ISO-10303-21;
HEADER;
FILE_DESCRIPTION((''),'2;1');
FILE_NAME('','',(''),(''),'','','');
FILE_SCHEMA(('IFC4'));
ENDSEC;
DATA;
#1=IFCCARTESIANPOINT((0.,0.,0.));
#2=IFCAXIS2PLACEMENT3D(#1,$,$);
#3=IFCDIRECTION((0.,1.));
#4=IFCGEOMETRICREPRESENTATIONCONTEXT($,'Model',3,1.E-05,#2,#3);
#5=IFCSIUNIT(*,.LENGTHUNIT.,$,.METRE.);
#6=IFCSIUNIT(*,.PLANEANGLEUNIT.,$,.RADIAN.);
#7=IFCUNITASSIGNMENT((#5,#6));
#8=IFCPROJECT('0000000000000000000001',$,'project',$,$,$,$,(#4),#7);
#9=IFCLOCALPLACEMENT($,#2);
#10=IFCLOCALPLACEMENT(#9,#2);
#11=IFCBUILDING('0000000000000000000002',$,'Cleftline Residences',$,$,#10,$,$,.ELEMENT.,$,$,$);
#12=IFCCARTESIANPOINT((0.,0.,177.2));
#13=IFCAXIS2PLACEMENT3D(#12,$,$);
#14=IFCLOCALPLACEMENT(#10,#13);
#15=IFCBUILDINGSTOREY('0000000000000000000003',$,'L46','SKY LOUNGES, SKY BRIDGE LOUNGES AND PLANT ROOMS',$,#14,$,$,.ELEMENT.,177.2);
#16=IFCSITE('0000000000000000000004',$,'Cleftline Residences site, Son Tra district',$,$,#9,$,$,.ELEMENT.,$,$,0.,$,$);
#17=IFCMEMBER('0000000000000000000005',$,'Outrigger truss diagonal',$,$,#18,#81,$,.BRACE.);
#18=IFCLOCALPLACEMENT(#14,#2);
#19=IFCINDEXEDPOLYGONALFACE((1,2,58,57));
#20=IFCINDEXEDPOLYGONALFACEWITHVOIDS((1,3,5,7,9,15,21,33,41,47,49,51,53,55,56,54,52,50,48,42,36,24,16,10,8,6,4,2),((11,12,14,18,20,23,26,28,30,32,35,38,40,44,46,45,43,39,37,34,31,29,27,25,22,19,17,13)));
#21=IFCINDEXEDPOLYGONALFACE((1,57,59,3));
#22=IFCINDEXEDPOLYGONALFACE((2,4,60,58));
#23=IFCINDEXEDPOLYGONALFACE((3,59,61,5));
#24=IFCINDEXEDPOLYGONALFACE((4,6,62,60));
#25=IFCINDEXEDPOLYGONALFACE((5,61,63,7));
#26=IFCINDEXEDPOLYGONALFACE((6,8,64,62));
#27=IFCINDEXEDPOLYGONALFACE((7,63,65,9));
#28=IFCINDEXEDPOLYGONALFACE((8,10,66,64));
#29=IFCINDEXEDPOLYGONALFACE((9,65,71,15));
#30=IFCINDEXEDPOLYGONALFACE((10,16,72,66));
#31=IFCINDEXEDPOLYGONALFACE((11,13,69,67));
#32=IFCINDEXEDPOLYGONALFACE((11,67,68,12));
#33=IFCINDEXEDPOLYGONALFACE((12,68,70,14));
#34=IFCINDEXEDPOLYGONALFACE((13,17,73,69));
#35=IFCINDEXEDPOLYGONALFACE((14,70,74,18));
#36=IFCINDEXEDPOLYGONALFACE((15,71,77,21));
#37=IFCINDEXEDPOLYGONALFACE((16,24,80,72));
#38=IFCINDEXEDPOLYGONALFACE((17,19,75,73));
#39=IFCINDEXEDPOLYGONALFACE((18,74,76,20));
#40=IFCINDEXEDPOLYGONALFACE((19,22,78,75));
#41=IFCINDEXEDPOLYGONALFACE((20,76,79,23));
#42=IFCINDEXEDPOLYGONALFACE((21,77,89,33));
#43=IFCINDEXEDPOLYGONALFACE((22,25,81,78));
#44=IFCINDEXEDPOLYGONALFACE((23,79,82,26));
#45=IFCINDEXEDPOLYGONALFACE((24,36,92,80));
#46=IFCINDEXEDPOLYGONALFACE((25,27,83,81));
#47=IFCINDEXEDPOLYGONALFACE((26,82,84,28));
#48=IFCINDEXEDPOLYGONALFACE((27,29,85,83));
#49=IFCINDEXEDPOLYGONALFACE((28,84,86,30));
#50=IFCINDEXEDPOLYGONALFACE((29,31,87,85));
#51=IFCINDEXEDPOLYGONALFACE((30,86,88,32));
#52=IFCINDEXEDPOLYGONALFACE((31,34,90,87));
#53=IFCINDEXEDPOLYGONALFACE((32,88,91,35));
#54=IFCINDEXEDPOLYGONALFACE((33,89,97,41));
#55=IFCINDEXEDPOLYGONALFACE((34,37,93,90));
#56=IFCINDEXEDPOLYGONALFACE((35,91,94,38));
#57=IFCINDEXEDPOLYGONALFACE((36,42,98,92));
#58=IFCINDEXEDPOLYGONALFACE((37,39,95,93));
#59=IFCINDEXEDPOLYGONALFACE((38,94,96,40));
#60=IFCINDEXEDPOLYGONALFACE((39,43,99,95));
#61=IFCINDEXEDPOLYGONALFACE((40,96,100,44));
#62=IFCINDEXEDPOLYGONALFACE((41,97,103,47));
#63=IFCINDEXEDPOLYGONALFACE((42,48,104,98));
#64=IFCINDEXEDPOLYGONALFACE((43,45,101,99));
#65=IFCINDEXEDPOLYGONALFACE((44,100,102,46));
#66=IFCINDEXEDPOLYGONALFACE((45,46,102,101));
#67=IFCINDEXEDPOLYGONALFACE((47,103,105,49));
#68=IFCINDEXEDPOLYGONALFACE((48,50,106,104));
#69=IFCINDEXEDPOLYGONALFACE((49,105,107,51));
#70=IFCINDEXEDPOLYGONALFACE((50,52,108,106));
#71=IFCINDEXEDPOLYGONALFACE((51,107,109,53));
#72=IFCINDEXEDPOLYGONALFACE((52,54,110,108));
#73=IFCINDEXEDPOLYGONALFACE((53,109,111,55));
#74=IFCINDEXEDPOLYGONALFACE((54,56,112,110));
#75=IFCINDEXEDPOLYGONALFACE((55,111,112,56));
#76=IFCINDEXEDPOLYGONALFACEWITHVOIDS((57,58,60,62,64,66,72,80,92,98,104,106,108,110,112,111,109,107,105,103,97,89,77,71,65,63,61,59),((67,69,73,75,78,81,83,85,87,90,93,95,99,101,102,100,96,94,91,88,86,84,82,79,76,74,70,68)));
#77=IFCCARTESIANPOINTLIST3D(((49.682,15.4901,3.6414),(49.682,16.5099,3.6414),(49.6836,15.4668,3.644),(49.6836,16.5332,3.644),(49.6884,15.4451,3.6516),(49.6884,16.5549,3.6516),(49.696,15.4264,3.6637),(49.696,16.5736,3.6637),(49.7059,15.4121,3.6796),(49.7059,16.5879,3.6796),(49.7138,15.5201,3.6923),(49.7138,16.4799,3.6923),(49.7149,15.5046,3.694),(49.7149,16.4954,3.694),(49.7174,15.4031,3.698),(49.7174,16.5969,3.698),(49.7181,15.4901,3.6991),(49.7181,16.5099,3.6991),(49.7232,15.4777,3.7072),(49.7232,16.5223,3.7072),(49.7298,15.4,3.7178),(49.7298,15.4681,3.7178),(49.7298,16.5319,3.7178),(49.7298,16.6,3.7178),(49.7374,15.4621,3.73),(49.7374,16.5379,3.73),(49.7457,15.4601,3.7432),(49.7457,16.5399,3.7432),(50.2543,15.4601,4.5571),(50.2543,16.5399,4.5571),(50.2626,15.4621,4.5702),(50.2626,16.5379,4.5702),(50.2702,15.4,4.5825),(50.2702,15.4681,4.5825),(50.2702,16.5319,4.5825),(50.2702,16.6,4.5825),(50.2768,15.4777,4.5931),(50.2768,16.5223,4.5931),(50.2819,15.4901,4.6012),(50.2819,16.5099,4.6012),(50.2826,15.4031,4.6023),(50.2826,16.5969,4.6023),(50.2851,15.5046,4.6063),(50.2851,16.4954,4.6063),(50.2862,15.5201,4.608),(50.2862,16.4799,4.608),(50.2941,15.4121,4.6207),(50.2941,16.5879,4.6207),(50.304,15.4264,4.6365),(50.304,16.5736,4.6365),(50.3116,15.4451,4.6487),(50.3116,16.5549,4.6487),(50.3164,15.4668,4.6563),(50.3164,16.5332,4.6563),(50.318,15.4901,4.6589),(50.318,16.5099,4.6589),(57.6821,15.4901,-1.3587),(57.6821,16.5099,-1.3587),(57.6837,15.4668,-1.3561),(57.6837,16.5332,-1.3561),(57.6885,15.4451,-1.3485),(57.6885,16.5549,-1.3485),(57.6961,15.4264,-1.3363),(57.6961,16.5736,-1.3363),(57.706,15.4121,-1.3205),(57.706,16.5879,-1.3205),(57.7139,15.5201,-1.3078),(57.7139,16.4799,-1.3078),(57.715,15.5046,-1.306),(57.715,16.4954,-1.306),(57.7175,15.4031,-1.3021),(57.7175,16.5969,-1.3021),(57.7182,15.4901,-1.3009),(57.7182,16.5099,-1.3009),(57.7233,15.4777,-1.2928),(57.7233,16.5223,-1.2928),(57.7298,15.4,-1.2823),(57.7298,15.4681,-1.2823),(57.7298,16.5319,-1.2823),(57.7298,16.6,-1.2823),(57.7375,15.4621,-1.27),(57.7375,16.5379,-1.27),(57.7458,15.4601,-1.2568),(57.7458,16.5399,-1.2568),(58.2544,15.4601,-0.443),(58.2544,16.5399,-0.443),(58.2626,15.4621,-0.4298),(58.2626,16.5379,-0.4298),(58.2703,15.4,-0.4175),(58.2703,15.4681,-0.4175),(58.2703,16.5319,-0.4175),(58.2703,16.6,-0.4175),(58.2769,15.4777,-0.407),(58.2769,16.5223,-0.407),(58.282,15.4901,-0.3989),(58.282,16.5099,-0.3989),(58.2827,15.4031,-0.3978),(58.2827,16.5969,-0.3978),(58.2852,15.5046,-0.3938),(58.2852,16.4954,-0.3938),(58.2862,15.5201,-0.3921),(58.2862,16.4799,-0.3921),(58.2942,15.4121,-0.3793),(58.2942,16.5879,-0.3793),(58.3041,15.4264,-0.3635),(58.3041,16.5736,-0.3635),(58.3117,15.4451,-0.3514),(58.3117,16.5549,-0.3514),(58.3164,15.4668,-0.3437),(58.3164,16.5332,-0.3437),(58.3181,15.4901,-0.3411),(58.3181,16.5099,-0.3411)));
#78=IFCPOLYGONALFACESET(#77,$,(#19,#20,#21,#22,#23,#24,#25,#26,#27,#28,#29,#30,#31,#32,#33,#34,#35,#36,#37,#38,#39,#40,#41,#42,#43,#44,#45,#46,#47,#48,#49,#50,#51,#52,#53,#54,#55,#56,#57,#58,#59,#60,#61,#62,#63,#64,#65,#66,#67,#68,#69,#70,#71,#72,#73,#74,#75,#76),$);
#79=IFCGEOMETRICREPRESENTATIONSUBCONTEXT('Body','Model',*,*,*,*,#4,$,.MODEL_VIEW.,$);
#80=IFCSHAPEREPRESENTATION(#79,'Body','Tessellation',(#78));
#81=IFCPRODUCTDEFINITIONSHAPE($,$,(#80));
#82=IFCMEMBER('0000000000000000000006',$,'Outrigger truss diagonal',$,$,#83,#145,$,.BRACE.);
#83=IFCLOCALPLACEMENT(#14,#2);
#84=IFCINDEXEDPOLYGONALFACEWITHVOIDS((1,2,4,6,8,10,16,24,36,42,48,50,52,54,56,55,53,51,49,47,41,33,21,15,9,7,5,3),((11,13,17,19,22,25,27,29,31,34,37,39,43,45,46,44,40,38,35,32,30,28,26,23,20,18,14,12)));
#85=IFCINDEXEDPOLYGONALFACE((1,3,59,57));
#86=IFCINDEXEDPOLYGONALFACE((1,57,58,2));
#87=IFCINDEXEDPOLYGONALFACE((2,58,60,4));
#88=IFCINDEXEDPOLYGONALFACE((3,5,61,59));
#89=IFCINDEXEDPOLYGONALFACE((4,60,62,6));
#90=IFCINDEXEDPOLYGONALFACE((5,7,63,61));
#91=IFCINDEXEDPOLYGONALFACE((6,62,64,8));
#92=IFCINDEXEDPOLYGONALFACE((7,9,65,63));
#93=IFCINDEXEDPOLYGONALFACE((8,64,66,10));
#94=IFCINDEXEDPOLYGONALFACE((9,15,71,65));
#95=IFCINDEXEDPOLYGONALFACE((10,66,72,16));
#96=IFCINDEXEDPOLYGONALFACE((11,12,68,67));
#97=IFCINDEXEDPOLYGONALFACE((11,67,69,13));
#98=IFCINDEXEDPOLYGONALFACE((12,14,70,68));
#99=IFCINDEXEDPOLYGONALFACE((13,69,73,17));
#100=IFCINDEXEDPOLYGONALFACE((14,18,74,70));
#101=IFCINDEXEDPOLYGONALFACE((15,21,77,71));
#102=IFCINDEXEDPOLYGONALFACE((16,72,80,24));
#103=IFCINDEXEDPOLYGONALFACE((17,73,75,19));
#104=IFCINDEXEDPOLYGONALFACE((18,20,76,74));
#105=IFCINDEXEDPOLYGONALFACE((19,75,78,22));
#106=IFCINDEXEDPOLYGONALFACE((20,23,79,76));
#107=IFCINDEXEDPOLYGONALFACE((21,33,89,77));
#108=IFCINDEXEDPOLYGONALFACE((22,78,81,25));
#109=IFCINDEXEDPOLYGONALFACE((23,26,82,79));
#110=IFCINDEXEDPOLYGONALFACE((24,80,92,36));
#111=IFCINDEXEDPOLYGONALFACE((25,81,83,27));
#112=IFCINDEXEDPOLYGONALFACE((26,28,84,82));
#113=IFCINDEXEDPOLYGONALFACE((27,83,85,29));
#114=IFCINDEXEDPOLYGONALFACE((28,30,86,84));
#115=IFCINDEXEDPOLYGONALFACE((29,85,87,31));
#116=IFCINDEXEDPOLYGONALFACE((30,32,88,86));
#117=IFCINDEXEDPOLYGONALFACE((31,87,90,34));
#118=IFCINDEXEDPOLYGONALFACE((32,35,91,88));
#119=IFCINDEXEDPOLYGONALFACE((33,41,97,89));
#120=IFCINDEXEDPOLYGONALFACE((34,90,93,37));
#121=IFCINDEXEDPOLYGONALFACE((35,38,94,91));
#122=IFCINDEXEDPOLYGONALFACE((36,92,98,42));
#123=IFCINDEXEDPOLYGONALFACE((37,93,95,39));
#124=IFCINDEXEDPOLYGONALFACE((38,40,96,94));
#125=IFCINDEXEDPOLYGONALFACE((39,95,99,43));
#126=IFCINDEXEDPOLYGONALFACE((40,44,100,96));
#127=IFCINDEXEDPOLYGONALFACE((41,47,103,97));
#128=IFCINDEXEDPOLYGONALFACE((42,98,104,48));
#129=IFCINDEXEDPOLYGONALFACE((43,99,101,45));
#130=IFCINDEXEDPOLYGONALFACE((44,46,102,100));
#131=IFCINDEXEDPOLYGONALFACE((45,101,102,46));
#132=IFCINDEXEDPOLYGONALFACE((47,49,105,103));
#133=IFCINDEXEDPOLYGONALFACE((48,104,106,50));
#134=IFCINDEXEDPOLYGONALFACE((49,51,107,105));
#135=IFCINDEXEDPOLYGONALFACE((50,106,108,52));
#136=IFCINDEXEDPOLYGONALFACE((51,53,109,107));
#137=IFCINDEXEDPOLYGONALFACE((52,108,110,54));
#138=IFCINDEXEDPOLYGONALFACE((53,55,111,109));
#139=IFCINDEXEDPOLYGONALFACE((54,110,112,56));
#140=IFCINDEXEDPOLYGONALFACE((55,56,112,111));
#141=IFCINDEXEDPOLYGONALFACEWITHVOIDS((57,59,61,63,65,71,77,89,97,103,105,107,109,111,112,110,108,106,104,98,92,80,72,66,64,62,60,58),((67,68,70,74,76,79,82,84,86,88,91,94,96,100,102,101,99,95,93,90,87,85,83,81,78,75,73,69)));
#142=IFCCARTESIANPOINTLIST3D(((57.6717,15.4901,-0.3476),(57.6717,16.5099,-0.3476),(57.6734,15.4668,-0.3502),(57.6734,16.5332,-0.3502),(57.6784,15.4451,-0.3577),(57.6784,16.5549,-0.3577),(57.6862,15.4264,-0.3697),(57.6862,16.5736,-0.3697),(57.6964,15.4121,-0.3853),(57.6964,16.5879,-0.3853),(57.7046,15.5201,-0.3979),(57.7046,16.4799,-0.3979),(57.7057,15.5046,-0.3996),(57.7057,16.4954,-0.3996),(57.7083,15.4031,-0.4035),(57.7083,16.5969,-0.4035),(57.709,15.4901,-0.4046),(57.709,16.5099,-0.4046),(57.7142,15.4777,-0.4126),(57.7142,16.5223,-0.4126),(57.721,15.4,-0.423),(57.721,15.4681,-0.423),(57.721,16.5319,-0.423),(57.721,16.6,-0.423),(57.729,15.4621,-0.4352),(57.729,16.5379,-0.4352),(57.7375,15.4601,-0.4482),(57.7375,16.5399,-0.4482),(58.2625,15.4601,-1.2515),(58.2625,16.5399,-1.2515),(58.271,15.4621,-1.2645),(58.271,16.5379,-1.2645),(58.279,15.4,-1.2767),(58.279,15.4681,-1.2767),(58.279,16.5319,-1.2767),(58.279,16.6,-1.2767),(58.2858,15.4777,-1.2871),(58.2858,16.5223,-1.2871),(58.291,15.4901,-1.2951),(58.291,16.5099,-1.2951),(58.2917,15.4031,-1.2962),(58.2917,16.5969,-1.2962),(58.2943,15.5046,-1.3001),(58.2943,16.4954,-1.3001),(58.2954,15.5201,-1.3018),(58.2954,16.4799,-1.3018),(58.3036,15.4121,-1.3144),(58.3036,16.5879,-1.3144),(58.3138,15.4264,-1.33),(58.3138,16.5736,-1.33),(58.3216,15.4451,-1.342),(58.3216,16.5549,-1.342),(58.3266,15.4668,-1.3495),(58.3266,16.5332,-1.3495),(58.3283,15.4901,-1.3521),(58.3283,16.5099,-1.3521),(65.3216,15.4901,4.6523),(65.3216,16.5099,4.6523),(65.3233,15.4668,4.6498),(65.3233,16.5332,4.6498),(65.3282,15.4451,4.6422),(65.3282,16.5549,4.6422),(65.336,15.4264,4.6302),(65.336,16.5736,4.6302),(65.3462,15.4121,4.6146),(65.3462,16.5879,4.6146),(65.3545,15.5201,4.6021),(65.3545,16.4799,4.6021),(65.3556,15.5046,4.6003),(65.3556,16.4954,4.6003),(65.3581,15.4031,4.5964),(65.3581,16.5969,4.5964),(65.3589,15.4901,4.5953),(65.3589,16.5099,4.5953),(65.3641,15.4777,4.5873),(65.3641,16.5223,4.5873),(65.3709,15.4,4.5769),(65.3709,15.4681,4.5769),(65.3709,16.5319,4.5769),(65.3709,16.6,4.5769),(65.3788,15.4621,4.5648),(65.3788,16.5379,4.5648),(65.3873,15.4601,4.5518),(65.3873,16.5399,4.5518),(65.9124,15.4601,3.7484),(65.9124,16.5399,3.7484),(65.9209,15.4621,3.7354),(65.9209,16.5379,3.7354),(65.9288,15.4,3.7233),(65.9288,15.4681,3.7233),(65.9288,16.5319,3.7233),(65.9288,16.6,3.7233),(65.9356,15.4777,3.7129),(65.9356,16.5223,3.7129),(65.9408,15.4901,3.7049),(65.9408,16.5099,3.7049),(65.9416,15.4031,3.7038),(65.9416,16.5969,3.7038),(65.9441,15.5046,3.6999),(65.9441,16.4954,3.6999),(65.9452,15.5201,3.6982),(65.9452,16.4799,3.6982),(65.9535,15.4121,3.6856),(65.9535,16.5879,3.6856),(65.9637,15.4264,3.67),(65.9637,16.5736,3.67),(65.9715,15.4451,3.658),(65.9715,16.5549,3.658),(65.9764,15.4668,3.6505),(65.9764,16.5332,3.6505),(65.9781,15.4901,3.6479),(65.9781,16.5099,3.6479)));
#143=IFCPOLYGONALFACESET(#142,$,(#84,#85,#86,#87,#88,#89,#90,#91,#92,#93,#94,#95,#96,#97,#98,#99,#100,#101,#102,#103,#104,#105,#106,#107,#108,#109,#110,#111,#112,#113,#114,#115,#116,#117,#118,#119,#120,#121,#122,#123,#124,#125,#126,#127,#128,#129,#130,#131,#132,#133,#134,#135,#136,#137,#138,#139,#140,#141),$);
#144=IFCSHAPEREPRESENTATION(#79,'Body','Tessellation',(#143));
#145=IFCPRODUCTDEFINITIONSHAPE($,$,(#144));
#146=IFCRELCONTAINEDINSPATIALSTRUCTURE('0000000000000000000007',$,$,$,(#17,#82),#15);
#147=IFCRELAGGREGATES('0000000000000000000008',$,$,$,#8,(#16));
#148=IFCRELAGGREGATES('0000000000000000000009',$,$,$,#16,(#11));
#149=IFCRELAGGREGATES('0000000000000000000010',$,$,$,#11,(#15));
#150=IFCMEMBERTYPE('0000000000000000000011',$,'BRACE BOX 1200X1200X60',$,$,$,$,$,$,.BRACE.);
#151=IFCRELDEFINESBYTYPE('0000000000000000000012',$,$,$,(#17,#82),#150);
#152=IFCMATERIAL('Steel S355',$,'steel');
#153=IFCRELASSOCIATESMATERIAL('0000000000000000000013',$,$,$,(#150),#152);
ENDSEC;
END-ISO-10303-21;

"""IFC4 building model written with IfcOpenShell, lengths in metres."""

from ifc_helpers import new_model, si_unit, direction, frame, origin, origin_2d, place, context, subcontext, project, spatial, hollow_rectangle, extrude, material, material_profile, profile_set, type_object, element, save


model = new_model("IFC4")

# Units and contexts
model_context = context("Model", 3, precision=1e-05, world=origin(), true_north=direction((0.0, 1.0)))
body_context = subcontext(model_context, "Body", "Model", "MODEL_VIEW")
ifc_project = project(units=[si_unit("LENGTHUNIT", "METRE"), si_unit("PLANEANGLEUNIT", "RADIAN")], contexts=[model_context])

# Site, building, storey
site_placement = place(None, origin())
site = spatial("IfcSite", under=ifc_project, at=site_placement, Name="Cleftline Residences site, Son Tra district", CompositionType="ELEMENT", RefElevation=0.0)
building_placement = place(site_placement, origin())
building = spatial("IfcBuilding", under=site, at=building_placement, Name="Cleftline Residences", CompositionType="ELEMENT")
storey_placement = place(building_placement, frame((0.0, 0.0, 177.2)))
storey = spatial("IfcBuildingStorey", under=building, at=storey_placement, Name="L46", Description="SKY LOUNGES, SKY BRIDGE LOUNGES AND PLANT ROOMS", CompositionType="ELEMENT", Elevation=177.2)

# Members
ifc_material_1 = material(Name="Steel S355", Category="steel")
ifc_material_profile_1 = material_profile(ifc_material_1, hollow_rectangle(XDim=1.2, YDim=1.2, WallThickness=0.0601, InnerFilletRadius=0.0601, OuterFilletRadius=0.0901, at=origin_2d()))
ifc_profile_set_1 = profile_set([ifc_material_profile_1], Name="Steel S355")
member_type_1 = type_object("IfcMemberType", Name="BRACE BOX 1200X1200X60", PredefinedType="BRACE", material=ifc_profile_set_1)
member_1_placement = place(storey_placement, frame((50.0, 16.0, 4.1501), z_axis=(0.847998, 0.0, -0.529999), x_axis=(0.529999, 0.0, 0.847998)))
element("IfcMember", 1, at=member_1_placement, inside=storey, type_object=member_type_1, Name="Outrigger truss diagonal", PredefinedType="BRACE", context=body_context, shape_type="SweptSolid", body=[
    extrude(hollow_rectangle(XDim=1.2, YDim=1.2, WallThickness=0.0601, InnerFilletRadius=0.0601, OuterFilletRadius=0.0901, at=origin_2d()), origin(), (0.0, 0.0, 1.0), 9.4341),
])
member_2_placement = place(storey_placement, frame((58.0, 16.0, -0.8499), z_axis=(0.837063, 0.0, 0.547107), x_axis=(-0.547107, 0.0, 0.837063)))
element("IfcMember", 2, at=member_2_placement, inside=storey, type_object=member_type_1, Name="Outrigger truss diagonal", PredefinedType="BRACE", context=body_context, shape_type="SweptSolid", body=[
    extrude(hollow_rectangle(XDim=1.2, YDim=1.2, WallThickness=0.0601, InnerFilletRadius=0.0601, OuterFilletRadius=0.0901, at=origin_2d()), origin(), (0.0, 0.0, 1.0), 9.1389),
])

save(model, "model.ifc")
